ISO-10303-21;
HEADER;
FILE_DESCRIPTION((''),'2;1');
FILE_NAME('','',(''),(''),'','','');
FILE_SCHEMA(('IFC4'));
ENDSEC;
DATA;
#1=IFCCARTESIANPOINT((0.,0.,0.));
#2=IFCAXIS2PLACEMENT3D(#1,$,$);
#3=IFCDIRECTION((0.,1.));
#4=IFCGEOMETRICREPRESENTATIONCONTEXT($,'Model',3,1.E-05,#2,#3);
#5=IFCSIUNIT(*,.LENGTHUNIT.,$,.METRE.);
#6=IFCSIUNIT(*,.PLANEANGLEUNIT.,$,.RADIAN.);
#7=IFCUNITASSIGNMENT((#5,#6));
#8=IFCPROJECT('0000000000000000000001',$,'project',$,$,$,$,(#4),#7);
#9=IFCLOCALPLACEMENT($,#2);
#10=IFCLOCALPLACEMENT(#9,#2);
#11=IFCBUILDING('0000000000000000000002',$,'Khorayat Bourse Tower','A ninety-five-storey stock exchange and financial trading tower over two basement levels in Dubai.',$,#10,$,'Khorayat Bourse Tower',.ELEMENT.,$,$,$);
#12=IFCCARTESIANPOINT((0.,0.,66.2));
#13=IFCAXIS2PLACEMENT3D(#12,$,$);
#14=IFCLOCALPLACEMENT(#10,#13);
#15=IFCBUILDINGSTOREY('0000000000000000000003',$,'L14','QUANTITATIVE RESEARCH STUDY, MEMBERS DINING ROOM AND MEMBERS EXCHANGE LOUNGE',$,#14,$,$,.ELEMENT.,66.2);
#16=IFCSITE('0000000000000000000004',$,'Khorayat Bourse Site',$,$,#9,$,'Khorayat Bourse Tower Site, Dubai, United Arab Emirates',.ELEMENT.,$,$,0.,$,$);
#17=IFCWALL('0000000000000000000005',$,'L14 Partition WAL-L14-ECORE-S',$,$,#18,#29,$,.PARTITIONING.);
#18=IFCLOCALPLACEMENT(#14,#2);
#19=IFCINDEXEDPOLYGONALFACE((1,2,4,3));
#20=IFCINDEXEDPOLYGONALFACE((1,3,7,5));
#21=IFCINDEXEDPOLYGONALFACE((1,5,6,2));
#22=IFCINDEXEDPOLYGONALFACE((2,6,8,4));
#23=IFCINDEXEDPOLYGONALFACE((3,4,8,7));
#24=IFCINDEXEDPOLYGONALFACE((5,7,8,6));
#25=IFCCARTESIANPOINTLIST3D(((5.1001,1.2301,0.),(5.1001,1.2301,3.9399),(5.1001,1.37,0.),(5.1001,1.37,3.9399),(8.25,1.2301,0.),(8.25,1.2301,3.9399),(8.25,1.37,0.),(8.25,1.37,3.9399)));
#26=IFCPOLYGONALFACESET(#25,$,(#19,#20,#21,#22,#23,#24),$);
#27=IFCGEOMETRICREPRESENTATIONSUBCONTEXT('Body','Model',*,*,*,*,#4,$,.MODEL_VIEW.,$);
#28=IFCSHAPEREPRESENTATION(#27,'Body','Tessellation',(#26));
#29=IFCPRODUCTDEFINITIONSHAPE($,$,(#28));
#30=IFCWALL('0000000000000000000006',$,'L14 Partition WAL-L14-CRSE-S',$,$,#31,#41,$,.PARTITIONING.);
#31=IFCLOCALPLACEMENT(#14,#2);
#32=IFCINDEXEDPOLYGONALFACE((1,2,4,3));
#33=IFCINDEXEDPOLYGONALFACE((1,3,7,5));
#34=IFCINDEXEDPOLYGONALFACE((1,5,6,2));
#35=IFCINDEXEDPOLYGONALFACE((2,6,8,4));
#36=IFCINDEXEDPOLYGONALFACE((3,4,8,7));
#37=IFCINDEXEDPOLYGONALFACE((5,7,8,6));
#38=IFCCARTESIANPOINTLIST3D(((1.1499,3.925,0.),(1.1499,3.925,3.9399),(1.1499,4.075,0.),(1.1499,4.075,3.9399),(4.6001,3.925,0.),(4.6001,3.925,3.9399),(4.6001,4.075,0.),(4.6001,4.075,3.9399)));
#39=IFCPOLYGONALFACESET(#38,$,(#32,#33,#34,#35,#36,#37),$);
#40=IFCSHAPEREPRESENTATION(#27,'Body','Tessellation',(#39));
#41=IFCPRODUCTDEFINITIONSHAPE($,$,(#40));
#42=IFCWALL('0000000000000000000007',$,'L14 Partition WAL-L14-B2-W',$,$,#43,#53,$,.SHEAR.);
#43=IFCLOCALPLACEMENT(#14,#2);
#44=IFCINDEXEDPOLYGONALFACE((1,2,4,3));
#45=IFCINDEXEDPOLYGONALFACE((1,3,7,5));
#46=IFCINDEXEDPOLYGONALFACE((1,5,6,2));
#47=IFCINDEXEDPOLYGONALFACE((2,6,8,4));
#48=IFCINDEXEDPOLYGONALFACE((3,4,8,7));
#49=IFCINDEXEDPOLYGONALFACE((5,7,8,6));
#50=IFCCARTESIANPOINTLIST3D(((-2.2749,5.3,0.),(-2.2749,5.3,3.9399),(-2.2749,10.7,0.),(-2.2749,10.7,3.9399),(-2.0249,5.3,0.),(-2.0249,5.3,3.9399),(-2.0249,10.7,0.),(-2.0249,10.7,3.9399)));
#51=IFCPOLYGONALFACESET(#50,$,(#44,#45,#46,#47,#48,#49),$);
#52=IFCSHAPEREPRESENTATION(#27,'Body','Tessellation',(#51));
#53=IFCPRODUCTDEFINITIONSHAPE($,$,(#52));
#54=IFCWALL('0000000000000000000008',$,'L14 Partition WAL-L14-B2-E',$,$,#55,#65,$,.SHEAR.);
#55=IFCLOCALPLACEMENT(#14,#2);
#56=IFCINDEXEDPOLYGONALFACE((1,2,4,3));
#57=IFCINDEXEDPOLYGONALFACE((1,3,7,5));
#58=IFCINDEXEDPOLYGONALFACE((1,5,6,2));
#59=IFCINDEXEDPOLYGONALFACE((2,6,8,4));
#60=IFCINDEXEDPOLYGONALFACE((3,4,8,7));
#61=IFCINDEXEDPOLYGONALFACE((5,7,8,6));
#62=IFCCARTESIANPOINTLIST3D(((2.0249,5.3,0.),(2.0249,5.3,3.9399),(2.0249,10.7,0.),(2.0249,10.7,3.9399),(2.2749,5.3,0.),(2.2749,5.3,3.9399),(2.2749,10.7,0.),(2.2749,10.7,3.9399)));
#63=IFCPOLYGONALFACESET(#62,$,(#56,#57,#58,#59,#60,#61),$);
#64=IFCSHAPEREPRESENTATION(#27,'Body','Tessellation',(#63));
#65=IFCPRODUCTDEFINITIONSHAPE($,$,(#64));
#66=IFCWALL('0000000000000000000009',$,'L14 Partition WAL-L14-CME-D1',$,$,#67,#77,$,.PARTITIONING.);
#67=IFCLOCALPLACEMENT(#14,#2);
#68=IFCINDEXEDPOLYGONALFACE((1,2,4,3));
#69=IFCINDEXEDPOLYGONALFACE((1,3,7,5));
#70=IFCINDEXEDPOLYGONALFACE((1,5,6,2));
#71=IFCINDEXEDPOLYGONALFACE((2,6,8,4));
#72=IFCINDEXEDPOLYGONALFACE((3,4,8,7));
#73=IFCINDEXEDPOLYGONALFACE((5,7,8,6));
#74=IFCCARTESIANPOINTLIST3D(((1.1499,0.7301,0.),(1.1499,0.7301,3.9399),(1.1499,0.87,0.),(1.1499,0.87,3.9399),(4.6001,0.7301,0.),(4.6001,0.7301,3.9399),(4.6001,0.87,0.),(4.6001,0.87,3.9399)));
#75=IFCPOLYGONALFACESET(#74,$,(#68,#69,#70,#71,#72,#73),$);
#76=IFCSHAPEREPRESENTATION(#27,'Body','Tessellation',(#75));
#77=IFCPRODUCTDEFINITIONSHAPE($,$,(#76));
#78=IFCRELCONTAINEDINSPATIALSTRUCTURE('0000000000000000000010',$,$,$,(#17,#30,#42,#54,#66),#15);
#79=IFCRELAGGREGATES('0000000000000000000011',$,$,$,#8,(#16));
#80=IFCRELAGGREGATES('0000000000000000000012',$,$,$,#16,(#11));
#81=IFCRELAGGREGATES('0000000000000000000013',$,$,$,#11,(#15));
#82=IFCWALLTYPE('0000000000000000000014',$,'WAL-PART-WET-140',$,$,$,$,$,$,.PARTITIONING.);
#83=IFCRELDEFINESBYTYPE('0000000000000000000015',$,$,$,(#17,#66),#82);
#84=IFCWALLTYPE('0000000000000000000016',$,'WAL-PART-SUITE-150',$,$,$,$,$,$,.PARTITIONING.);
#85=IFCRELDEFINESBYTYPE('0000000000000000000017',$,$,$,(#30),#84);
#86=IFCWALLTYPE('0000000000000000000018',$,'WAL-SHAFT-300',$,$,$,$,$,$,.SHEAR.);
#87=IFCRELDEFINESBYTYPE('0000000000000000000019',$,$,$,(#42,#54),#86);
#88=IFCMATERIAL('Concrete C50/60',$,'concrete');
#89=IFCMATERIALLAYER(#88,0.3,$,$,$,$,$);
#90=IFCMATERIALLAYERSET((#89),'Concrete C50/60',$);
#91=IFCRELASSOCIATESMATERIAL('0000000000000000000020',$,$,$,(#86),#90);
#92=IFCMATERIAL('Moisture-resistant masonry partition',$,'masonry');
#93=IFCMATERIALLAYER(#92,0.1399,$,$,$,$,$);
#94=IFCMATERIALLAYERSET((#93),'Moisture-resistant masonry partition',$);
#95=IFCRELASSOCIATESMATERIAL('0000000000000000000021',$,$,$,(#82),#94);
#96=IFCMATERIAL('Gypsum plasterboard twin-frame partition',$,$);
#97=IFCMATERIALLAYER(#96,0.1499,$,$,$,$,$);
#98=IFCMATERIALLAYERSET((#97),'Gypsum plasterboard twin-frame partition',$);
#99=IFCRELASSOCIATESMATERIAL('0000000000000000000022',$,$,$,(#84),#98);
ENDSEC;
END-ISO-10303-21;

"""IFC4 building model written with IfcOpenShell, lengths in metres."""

from ifc_helpers import new_model, si_unit, direction, frame, frame_2d, origin, place, context, subcontext, project, spatial, rectangle, extrude, source, transform, mapped, material, layer, layer_set, type_object, element, save


model = new_model("IFC4")

# Units and contexts
model_context = context("Model", 3, precision=1e-05, world=origin(), true_north=direction((0.0, 1.0)))
body_context = subcontext(model_context, "Body", "Model", "MODEL_VIEW")
ifc_project = project(units=[si_unit("LENGTHUNIT", "METRE"), si_unit("PLANEANGLEUNIT", "RADIAN")], contexts=[model_context])

# Site, building, storey
site_placement = place(None, origin())
site = spatial("IfcSite", under=ifc_project, at=site_placement, Name="Khorayat Bourse Site", LongName="Khorayat Bourse Tower Site, Dubai, United Arab Emirates", CompositionType="ELEMENT", RefElevation=0.0)
building_placement = place(site_placement, origin())
building = spatial("IfcBuilding", under=site, at=building_placement, Name="Khorayat Bourse Tower", Description="A ninety-five-storey stock exchange and financial trading tower over two basement levels in Dubai.", LongName="Khorayat Bourse Tower", CompositionType="ELEMENT")
storey_placement = place(building_placement, frame((0.0, 0.0, 66.2)))
storey = spatial("IfcBuildingStorey", under=building, at=storey_placement, Name="L14", Description="QUANTITATIVE RESEARCH STUDY, MEMBERS DINING ROOM AND MEMBERS EXCHANGE LOUNGE", CompositionType="ELEMENT", Elevation=66.2)

# Wall
ifc_material_1 = material(Name="Concrete C50/60", Category="concrete")
ifc_layer_1 = layer(ifc_material_1, 0.3)
ifc_layer_set_1 = layer_set([ifc_layer_1], Name="Concrete C50/60")
wall_type_1 = type_object("IfcWallType", Name="WAL-SHAFT-300", PredefinedType="SHEAR", material=ifc_layer_set_1)
ifc_material_2 = material(Name="Moisture-resistant masonry partition", Category="masonry")
ifc_layer_2 = layer(ifc_material_2, 0.1399)
ifc_layer_set_2 = layer_set([ifc_layer_2], Name="Moisture-resistant masonry partition")
wall_type_2 = type_object("IfcWallType", Name="WAL-PART-WET-140", PredefinedType="PARTITIONING", material=ifc_layer_set_2)
shared_shape_1 = source(origin(), body_context, "Body", "SweptSolid", [
    extrude(rectangle(XDim=3.1499, YDim=0.1399, at=frame_2d((1.575, 0.0))), origin(), (0.0, 0.0, 1.0), 3.9399),
])
wall_1_placement = place(storey_placement, frame((5.1001, 1.3, 0.0), z_axis=(0.0, 0.0, 1.0), x_axis=(1.0, 0.0, 0.0)))
element("IfcWall", 1, at=wall_1_placement, inside=storey, type_object=wall_type_2, Name="L14 Partition WAL-L14-ECORE-S", PredefinedType="PARTITIONING", context=body_context, shape_type="MappedRepresentation", body=[
    mapped(shared_shape_1, transform((0.0, 0.0, 0.0), scale=1.0)),
])

# Walls
ifc_material_3 = material(Name="Gypsum plasterboard twin-frame partition")
ifc_layer_3 = layer(ifc_material_3, 0.1499)
ifc_layer_set_3 = layer_set([ifc_layer_3], Name="Gypsum plasterboard twin-frame partition")
wall_type_3 = type_object("IfcWallType", Name="WAL-PART-SUITE-150", PredefinedType="PARTITIONING", material=ifc_layer_set_3)
shared_shape_2 = source(origin(), body_context, "Body", "SweptSolid", [
    extrude(rectangle(XDim=3.4502, YDim=0.1499, at=frame_2d((1.7251, 0.0))), origin(), (0.0, 0.0, 1.0), 3.9399),
])
wall_2_placement = place(storey_placement, frame((1.1499, 4.0, 0.0), z_axis=(0.0, 0.0, 1.0), x_axis=(1.0, 0.0, 0.0)))
element("IfcWall", 2, at=wall_2_placement, inside=storey, type_object=wall_type_3, Name="L14 Partition WAL-L14-CRSE-S", PredefinedType="PARTITIONING", context=body_context, shape_type="MappedRepresentation", body=[
    mapped(shared_shape_2, transform((0.0, 0.0, 0.0), scale=1.0)),
])
shared_shape_3 = source(origin(), body_context, "Body", "SweptSolid", [
    extrude(rectangle(XDim=5.3999, YDim=0.25, at=frame_2d((2.7, 0.0))), origin(), (0.0, 0.0, 1.0), 3.9399),
])
for number, where, z_axis, x_axis, name in (
    (3, (-2.1499, 5.3, 0.0), (0.0, 0.0, 1.0), (0.0, 1.0, 0.0), "L14 Partition WAL-L14-B2-W"),
    (4, (2.1499, 5.3, 0.0), (0.0, 0.0, 1.0), (0.0, 1.0, 0.0), "L14 Partition WAL-L14-B2-E"),
):
    element("IfcWall", number, at=place(storey_placement, frame(where, z_axis=z_axis, x_axis=x_axis)), inside=storey, type_object=wall_type_1, Name=name, PredefinedType="SHEAR", context=body_context, shape_type="MappedRepresentation", body=[
        mapped(shared_shape_3, transform((0.0, 0.0, 0.0), scale=1.0)),
    ])
shared_shape_4 = source(origin(), body_context, "Body", "SweptSolid", [
    extrude(rectangle(XDim=3.4502, YDim=0.1399, at=frame_2d((1.7251, 0.0))), origin(), (0.0, 0.0, 1.0), 3.9399),
])
wall_3_placement = place(storey_placement, frame((1.1499, 0.8, 0.0), z_axis=(0.0, 0.0, 1.0), x_axis=(1.0, 0.0, 0.0)))
element("IfcWall", 5, at=wall_3_placement, inside=storey, type_object=wall_type_2, Name="L14 Partition WAL-L14-CME-D1", PredefinedType="PARTITIONING", context=body_context, shape_type="MappedRepresentation", body=[
    mapped(shared_shape_4, transform((0.0, 0.0, 0.0), scale=1.0)),
])

save(model, "model.ifc")
